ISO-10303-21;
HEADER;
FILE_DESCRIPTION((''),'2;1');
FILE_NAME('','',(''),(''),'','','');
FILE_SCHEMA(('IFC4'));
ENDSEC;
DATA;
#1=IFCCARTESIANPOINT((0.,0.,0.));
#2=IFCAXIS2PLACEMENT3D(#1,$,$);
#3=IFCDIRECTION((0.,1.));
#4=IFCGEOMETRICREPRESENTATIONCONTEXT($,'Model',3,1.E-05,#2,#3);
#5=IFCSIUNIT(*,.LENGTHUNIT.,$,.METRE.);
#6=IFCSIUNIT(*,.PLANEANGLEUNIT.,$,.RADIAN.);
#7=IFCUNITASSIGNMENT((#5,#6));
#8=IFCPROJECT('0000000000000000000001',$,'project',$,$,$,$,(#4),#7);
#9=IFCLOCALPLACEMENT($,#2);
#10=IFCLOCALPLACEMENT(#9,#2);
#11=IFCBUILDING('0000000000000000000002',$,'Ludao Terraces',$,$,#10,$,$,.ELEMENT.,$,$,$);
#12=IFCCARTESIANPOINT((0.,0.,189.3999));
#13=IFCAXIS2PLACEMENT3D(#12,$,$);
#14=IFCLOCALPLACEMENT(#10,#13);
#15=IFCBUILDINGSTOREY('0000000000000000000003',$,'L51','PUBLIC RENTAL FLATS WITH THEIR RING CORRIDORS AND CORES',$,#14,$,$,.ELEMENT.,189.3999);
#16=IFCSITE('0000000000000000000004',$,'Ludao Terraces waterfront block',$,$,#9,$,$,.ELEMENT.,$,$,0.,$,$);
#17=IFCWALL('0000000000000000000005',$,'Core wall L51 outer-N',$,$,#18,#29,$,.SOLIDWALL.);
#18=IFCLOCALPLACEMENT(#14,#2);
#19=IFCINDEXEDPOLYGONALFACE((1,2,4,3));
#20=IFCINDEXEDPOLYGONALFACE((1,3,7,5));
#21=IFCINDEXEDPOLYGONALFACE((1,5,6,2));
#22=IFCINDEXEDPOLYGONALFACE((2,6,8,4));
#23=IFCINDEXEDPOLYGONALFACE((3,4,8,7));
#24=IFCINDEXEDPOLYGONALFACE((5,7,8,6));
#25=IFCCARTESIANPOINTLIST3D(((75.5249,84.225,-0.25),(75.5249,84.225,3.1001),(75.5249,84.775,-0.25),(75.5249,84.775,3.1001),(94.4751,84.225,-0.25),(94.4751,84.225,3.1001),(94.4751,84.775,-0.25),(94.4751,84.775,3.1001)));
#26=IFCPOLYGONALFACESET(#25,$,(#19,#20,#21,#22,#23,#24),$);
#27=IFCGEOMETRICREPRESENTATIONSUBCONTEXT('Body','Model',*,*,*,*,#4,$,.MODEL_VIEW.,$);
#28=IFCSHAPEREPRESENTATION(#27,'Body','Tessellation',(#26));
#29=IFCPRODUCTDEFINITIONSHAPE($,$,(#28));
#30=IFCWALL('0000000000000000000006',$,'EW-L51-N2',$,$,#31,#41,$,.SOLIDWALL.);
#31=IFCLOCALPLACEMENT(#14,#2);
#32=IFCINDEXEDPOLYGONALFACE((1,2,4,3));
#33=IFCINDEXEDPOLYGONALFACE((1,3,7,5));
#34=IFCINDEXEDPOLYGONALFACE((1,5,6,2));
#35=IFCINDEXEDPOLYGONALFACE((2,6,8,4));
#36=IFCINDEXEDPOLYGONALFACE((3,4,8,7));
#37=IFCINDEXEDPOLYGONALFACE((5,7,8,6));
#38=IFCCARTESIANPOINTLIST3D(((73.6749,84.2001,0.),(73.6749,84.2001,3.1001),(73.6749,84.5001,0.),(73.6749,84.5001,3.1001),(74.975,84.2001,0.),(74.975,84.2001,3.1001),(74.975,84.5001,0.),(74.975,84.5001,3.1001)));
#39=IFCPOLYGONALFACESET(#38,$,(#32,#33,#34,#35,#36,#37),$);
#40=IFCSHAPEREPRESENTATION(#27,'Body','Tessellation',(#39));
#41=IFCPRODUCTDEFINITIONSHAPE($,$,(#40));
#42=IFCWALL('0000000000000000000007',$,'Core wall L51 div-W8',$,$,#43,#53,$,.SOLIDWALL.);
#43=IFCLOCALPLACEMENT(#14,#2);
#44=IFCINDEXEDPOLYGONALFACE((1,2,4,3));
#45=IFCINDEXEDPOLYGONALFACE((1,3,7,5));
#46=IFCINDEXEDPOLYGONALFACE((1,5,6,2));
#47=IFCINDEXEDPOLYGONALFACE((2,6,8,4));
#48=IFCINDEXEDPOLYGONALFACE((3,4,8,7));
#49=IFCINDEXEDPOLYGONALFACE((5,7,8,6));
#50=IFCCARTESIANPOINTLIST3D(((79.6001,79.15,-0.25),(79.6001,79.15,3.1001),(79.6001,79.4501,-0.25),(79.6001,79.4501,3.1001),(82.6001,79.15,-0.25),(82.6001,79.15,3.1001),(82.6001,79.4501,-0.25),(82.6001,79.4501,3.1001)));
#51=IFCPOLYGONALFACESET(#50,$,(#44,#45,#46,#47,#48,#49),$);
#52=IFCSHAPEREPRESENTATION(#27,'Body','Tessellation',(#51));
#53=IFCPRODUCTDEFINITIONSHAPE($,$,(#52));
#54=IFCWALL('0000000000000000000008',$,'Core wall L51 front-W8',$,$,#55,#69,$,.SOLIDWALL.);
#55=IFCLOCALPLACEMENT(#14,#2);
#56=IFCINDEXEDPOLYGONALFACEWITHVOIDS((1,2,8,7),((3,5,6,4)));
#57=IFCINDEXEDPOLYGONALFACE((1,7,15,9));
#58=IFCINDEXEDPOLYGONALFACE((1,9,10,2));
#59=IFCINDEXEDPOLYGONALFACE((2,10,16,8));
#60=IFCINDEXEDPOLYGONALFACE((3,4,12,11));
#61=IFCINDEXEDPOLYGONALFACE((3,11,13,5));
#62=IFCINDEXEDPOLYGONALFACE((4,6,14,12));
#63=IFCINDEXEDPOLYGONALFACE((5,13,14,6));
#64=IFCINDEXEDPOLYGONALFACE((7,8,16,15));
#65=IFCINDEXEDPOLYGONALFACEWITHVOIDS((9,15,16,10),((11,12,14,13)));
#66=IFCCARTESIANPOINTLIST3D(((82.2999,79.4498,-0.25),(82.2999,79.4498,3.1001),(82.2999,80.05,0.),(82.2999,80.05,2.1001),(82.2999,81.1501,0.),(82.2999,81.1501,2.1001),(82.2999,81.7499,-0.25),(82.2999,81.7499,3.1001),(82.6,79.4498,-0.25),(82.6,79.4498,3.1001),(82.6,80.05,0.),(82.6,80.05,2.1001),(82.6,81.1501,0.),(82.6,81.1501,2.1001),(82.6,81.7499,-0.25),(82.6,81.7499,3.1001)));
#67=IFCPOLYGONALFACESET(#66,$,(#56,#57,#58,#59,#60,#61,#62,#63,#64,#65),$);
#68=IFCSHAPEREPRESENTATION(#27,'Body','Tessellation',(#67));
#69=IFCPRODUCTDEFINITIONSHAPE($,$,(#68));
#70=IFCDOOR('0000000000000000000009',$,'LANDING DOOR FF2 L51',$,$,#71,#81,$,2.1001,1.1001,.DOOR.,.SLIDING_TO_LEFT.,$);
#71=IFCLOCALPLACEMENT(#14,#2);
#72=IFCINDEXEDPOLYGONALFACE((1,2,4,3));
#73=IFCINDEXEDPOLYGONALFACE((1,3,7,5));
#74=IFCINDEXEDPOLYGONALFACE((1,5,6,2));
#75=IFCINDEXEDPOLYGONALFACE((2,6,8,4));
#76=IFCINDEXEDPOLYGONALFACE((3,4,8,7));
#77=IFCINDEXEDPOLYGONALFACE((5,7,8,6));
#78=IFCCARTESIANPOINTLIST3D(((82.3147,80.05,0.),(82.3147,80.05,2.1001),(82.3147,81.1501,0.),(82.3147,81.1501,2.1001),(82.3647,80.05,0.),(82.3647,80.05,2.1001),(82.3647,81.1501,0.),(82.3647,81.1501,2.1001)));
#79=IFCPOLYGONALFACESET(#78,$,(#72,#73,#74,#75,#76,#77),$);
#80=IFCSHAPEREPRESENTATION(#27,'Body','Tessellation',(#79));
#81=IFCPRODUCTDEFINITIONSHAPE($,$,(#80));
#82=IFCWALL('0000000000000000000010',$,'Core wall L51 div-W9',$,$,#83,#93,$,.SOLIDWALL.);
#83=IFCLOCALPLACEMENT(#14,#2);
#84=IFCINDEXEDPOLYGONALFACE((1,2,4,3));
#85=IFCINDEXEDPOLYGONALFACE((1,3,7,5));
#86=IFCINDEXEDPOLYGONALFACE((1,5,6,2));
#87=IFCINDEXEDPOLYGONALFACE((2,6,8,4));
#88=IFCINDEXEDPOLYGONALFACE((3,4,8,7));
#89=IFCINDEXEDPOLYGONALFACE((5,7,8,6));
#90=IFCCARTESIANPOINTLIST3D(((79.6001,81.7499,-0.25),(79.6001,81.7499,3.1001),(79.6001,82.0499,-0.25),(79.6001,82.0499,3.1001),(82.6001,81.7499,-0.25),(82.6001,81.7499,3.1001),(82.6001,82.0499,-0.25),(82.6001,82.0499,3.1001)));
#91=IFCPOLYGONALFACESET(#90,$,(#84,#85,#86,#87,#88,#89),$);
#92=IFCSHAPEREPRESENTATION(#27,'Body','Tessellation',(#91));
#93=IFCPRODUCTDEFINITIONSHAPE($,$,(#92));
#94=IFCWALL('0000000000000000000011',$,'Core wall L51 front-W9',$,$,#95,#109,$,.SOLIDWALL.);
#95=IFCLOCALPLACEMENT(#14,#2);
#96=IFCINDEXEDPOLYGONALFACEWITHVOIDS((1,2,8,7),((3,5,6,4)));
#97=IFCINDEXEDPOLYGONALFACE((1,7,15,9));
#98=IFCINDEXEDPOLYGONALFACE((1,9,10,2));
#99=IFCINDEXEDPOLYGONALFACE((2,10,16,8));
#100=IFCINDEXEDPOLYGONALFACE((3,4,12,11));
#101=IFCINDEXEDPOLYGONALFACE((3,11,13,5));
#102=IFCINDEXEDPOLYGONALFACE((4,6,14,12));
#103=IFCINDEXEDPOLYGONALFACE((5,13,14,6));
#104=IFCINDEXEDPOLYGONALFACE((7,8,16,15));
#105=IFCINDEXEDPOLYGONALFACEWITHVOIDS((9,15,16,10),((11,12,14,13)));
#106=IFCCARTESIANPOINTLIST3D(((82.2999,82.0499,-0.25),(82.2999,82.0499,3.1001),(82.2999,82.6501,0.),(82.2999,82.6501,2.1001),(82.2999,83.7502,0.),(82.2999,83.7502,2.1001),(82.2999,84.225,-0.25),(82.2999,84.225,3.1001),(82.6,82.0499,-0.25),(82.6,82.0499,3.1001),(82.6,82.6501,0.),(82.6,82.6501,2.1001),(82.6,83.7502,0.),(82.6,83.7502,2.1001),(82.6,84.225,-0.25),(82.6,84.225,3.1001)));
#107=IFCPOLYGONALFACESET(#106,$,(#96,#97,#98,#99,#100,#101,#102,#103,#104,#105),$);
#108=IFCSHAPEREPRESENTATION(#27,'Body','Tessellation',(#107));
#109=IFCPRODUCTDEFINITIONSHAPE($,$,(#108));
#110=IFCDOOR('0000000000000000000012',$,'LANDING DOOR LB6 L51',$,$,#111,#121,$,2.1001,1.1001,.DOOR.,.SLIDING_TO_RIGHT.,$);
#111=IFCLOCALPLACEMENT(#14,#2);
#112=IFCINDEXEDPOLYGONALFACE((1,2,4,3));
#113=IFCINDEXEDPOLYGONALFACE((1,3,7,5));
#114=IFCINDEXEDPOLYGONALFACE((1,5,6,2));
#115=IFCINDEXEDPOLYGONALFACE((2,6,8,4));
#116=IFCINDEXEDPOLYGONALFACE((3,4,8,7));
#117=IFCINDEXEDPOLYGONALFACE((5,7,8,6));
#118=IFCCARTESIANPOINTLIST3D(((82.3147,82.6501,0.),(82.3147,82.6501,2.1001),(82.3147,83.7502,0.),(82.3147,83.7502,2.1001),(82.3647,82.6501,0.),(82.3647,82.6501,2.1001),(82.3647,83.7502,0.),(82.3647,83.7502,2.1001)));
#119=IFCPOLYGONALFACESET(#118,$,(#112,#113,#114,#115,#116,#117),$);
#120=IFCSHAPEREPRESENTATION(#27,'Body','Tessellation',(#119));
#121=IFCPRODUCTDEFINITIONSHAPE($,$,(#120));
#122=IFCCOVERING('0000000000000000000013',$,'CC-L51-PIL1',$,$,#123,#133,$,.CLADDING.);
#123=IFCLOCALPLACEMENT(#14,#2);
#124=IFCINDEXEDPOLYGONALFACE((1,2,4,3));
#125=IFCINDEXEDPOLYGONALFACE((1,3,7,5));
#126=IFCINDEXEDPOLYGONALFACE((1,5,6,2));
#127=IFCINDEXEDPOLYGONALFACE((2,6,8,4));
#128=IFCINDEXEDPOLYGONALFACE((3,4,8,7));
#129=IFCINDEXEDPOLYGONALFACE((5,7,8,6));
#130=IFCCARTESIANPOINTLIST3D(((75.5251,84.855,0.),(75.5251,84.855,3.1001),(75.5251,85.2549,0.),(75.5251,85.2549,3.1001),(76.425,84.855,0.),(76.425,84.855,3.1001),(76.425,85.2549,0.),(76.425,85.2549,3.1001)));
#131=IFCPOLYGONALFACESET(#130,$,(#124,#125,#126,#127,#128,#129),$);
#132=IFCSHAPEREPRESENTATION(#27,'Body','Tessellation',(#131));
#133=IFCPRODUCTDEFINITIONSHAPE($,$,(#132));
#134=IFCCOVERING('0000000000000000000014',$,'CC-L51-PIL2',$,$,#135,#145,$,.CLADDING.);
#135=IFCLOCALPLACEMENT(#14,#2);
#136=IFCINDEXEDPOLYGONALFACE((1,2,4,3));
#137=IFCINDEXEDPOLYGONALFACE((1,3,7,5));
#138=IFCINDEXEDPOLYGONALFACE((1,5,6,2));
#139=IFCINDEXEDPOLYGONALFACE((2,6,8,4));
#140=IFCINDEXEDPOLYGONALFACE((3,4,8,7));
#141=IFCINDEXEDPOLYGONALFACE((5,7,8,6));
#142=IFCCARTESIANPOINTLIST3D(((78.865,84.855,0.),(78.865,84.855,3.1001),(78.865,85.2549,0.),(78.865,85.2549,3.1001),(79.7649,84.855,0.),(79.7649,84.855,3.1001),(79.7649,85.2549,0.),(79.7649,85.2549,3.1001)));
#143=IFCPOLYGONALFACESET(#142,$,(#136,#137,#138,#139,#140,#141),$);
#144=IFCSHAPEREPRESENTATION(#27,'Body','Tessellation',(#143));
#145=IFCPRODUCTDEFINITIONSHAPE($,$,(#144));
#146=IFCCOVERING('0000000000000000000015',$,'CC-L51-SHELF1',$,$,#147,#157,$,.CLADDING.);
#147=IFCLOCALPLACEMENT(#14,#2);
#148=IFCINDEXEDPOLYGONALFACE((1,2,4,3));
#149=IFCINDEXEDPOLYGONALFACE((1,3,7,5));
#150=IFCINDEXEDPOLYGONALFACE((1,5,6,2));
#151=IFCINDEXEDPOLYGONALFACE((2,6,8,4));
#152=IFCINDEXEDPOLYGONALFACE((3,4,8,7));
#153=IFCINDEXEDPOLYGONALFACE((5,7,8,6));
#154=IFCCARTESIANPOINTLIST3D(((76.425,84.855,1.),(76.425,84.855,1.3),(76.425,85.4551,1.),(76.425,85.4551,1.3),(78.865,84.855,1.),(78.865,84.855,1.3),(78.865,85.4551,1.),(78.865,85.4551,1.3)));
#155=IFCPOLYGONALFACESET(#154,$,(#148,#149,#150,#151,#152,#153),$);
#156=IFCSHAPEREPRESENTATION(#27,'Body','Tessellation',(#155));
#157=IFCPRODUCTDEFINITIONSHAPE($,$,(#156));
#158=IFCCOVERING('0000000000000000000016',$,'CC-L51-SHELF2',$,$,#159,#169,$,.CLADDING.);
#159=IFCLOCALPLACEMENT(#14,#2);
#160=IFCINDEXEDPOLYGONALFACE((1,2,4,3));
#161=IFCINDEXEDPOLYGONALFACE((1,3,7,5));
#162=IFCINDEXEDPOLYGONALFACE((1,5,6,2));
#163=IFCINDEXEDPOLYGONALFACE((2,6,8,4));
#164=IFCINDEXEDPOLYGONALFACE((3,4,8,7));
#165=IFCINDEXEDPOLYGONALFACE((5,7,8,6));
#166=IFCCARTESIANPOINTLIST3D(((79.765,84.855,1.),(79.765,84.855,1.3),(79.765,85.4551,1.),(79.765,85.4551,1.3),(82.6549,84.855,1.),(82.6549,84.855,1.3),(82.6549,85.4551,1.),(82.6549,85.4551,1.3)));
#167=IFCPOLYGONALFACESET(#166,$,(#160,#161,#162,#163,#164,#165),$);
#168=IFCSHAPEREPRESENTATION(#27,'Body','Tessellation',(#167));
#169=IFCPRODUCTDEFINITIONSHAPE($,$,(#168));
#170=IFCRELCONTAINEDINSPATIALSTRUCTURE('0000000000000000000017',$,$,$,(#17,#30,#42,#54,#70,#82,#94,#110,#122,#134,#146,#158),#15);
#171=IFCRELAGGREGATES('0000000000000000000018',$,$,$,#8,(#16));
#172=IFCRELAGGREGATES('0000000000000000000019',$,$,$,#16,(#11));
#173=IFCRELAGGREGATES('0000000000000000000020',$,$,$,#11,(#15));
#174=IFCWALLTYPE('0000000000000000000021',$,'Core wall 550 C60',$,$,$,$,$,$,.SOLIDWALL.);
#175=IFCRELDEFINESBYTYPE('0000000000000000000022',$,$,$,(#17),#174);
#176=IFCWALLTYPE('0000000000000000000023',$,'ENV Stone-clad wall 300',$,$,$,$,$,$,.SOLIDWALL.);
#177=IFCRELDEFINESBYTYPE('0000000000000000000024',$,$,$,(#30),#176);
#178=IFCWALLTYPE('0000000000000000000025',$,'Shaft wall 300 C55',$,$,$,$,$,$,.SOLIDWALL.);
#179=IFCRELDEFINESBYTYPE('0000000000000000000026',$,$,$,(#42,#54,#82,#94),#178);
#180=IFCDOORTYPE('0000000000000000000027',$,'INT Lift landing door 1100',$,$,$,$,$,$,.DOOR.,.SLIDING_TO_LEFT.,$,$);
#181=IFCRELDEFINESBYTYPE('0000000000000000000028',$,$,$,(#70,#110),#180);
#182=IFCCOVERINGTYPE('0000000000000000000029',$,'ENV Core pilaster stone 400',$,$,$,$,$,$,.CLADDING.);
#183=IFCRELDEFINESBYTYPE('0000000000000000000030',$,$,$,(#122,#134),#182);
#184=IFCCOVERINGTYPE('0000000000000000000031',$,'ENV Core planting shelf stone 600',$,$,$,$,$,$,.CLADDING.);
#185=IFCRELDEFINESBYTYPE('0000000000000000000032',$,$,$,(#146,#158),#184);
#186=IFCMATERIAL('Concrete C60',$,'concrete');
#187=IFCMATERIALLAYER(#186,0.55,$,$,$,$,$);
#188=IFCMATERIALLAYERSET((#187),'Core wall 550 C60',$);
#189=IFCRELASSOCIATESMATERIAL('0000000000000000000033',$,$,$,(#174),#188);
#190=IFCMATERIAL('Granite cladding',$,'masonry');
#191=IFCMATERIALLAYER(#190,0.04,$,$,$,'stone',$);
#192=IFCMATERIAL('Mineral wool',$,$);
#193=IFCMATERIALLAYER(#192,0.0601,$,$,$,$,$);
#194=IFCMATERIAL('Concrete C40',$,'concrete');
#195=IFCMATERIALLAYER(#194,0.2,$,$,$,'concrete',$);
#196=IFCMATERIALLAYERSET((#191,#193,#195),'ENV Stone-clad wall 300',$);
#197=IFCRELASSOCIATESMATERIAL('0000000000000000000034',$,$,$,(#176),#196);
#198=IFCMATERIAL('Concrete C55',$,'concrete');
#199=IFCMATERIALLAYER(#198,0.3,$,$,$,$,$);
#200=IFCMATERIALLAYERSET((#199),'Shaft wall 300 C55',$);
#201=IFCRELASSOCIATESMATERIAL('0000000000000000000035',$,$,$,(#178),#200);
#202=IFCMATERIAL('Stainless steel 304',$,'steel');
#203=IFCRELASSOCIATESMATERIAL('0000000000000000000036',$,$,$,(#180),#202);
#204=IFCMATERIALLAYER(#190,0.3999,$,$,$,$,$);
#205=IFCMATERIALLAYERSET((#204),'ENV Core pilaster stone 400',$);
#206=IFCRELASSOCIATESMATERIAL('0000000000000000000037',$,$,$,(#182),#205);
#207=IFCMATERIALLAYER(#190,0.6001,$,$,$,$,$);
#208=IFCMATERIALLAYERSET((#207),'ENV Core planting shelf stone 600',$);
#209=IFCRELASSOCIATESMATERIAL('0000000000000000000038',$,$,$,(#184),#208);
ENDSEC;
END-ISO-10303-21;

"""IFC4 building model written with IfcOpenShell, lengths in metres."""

from ifc_helpers import new_model, si_unit, direction, frame, frame_2d, origin, origin_2d, place, context, subcontext, project, spatial, rectangle, extrude, material, layer, layer_set, type_object, element, fill, save


model = new_model("IFC4")

# Units and contexts
model_context = context("Model", 3, precision=1e-05, world=origin(), true_north=direction((0.0, 1.0)))
body_context = subcontext(model_context, "Body", "Model", "MODEL_VIEW")
ifc_project = project(units=[si_unit("LENGTHUNIT", "METRE"), si_unit("PLANEANGLEUNIT", "RADIAN")], contexts=[model_context])

# Site, building, storey
site_placement = place(None, origin())
site = spatial("IfcSite", under=ifc_project, at=site_placement, Name="Ludao Terraces waterfront block", CompositionType="ELEMENT", RefElevation=0.0)
building_placement = place(site_placement, origin())
building = spatial("IfcBuilding", under=site, at=building_placement, Name="Ludao Terraces", CompositionType="ELEMENT")
storey_placement = place(building_placement, frame((0.0, 0.0, 189.3999)))
storey = spatial("IfcBuildingStorey", under=building, at=storey_placement, Name="L51", Description="PUBLIC RENTAL FLATS WITH THEIR RING CORRIDORS AND CORES", CompositionType="ELEMENT", Elevation=189.3999)

# Walls
ifc_material_1 = material(Name="Concrete C60", Category="concrete")
ifc_layer_1 = layer(ifc_material_1, 0.55)
ifc_layer_set_1 = layer_set([ifc_layer_1], Name="Core wall 550 C60")
wall_type_1 = type_object("IfcWallType", Name="Core wall 550 C60", PredefinedType="SOLIDWALL", material=ifc_layer_set_1)
wall_1_placement = place(storey_placement, frame((75.5249, 84.5, -0.25), z_axis=(0.0, 0.0, 1.0), x_axis=(1.0, 0.0, 0.0)))
element("IfcWall", 1, at=wall_1_placement, inside=storey, type_object=wall_type_1, Name="Core wall L51 outer-N", PredefinedType="SOLIDWALL", context=body_context, shape_type="SweptSolid", body=[
    extrude(rectangle(XDim=18.9502, YDim=0.55, at=frame_2d((9.4751, 0.0))), origin(), (0.0, 0.0, 1.0), 3.3501),
])
ifc_material_2 = material(Name="Granite cladding", Category="masonry")
ifc_layer_2 = layer(ifc_material_2, 0.04, Category="stone")
ifc_material_3 = material(Name="Mineral wool")
ifc_layer_3 = layer(ifc_material_3, 0.0601)
ifc_material_4 = material(Name="Concrete C40", Category="concrete")
ifc_layer_4 = layer(ifc_material_4, 0.2, Category="concrete")
ifc_layer_set_2 = layer_set([ifc_layer_2, ifc_layer_3, ifc_layer_4], Name="ENV Stone-clad wall 300")
wall_type_2 = type_object("IfcWallType", Name="ENV Stone-clad wall 300", PredefinedType="SOLIDWALL", material=ifc_layer_set_2)
wall_2_placement = place(storey_placement, frame((73.675, 84.3501, 0.0), z_axis=(0.0, 0.0, 1.0), x_axis=(1.0, 0.0, 0.0)))
element("IfcWall", 2, at=wall_2_placement, inside=storey, type_object=wall_type_2, Name="EW-L51-N2", PredefinedType="SOLIDWALL", context=body_context, shape_type="SweptSolid", body=[
    extrude(rectangle(XDim=1.3, YDim=0.3, at=frame_2d((0.6499, 0.0))), origin(), (0.0, 0.0, 1.0), 3.1001),
])
ifc_material_5 = material(Name="Concrete C55", Category="concrete")
ifc_layer_5 = layer(ifc_material_5, 0.3)
ifc_layer_set_3 = layer_set([ifc_layer_5], Name="Shaft wall 300 C55")
wall_type_3 = type_object("IfcWallType", Name="Shaft wall 300 C55", PredefinedType="SOLIDWALL", material=ifc_layer_set_3)
wall_3_placement = place(storey_placement, frame((79.6001, 79.3, -0.25), z_axis=(0.0, 0.0, 1.0), x_axis=(1.0, 0.0, 0.0)))
element("IfcWall", 3, at=wall_3_placement, inside=storey, type_object=wall_type_3, Name="Core wall L51 div-W8", PredefinedType="SOLIDWALL", context=body_context, shape_type="SweptSolid", body=[
    extrude(rectangle(XDim=3.0, YDim=0.3, at=frame_2d((1.5, 0.0))), origin(), (0.0, 0.0, 1.0), 3.3501),
])

# Wall, opening, door
wall_4_placement = place(storey_placement, frame((82.45, 79.45, -0.25), z_axis=(0.0, 0.0, 1.0), x_axis=(0.0, 1.0, 0.0)))
wall_4 = element("IfcWall", 4, at=wall_4_placement, inside=storey, type_object=wall_type_3, Name="Core wall L51 front-W8", PredefinedType="SOLIDWALL", context=body_context, shape_type="SweptSolid", body=[
    extrude(rectangle(XDim=2.3, YDim=0.3, at=frame_2d((1.1499, 0.0))), origin(), (0.0, 0.0, 1.0), 3.3501),
])
opening_1_placement = place(wall_4_placement, frame((0.6001, 0.0, 0.25)))
opening_1 = element("IfcOpeningElement", 5, at=opening_1_placement, cuts=wall_4, PredefinedType="OPENING", context=body_context, shape_type="SweptSolid", body=[
    extrude(rectangle(XDim=1.1001, YDim=2.1001, at=frame_2d((0.55, 1.05))), frame((0.0, 0.1602, 0.0), z_axis=(0.0, -1.0, 0.0), x_axis=(1.0, 0.0, 0.0)), (0.0, 0.0, 1.0), 0.3201),
])
ifc_material_6 = material(Name="Stainless steel 304", Category="steel")
door_type = type_object("IfcDoorType", Name="INT Lift landing door 1100", OperationType="SLIDING_TO_LEFT", PredefinedType="DOOR", material=ifc_material_6)
door_1_placement = place(opening_1_placement, origin())
door_1 = element("IfcDoor", 6, at=door_1_placement, inside=storey, type_object=door_type, Name="LANDING DOOR FF2 L51", OperationType="SLIDING_TO_LEFT", OverallHeight=2.1001, OverallWidth=1.1001, PredefinedType="DOOR", context=body_context, shape_type="SweptSolid", body=[
    extrude(rectangle(XDim=1.1001, YDim=2.1001, at=frame_2d((0.55, 1.05))), frame((0.0, 0.1353, 0.0), z_axis=(0.0, -1.0, 0.0), x_axis=(1.0, 0.0, 0.0)), (0.0, 0.0, 1.0), 0.05),
])
fill(opening_1, door_1)

# Wall
wall_5_placement = place(storey_placement, frame((79.6001, 81.8999, -0.25), z_axis=(0.0, 0.0, 1.0), x_axis=(1.0, 0.0, 0.0)))
element("IfcWall", 7, at=wall_5_placement, inside=storey, type_object=wall_type_3, Name="Core wall L51 div-W9", PredefinedType="SOLIDWALL", context=body_context, shape_type="SweptSolid", body=[
    extrude(rectangle(XDim=3.0, YDim=0.3, at=frame_2d((1.5, 0.0))), origin(), (0.0, 0.0, 1.0), 3.3501),
])

# Wall, opening, door
wall_6_placement = place(storey_placement, frame((82.45, 82.05, -0.25), z_axis=(0.0, 0.0, 1.0), x_axis=(0.0, 1.0, 0.0)))
wall_6 = element("IfcWall", 8, at=wall_6_placement, inside=storey, type_object=wall_type_3, Name="Core wall L51 front-W9", PredefinedType="SOLIDWALL", context=body_context, shape_type="SweptSolid", body=[
    extrude(rectangle(XDim=2.175, YDim=0.3, at=frame_2d((1.0874, 0.0))), origin(), (0.0, 0.0, 1.0), 3.3501),
])
opening_2_placement = place(wall_6_placement, frame((0.6001, 0.0, 0.25)))
opening_2 = element("IfcOpeningElement", 9, at=opening_2_placement, cuts=wall_6, PredefinedType="OPENING", context=body_context, shape_type="SweptSolid", body=[
    extrude(rectangle(XDim=1.1001, YDim=2.1001, at=frame_2d((0.55, 1.05))), frame((0.0, 0.1602, 0.0), z_axis=(0.0, -1.0, 0.0), x_axis=(1.0, 0.0, 0.0)), (0.0, 0.0, 1.0), 0.3201),
])
door_2_placement = place(opening_2_placement, origin())
door_2 = element("IfcDoor", 10, at=door_2_placement, inside=storey, type_object=door_type, Name="LANDING DOOR LB6 L51", OperationType="SLIDING_TO_RIGHT", OverallHeight=2.1001, OverallWidth=1.1001, PredefinedType="DOOR", context=body_context, shape_type="SweptSolid", body=[
    extrude(rectangle(XDim=1.1001, YDim=2.1001, at=frame_2d((0.55, 1.05))), frame((0.0, 0.1353, 0.0), z_axis=(0.0, -1.0, 0.0), x_axis=(1.0, 0.0, 0.0)), (0.0, 0.0, 1.0), 0.05),
])
fill(opening_2, door_2)

# Coverings
ifc_layer_6 = layer(ifc_material_2, 0.3999)
ifc_layer_set_4 = layer_set([ifc_layer_6], Name="ENV Core pilaster stone 400")
covering_type_1 = type_object("IfcCoveringType", Name="ENV Core pilaster stone 400", PredefinedType="CLADDING", material=ifc_layer_set_4)
for number, where, z_axis, x_axis, name in (
    (11, (75.9751, 85.0549, 0.0), (0.0, 0.0, 1.0), (1.0, 0.0, 0.0), "CC-L51-PIL1"),
    (12, (79.3149, 85.0549, 0.0), (0.0, 0.0, 1.0), (1.0, 0.0, 0.0), "CC-L51-PIL2"),
):
    element("IfcCovering", number, at=place(storey_placement, frame(where, z_axis=z_axis, x_axis=x_axis)), inside=storey, type_object=covering_type_1, Name=name, PredefinedType="CLADDING", context=body_context, shape_type="SweptSolid", body=[
        extrude(rectangle(XDim=0.8999, YDim=0.3999, at=origin_2d()), origin(), (0.0, 0.0, 1.0), 3.1001),
    ])
ifc_layer_7 = layer(ifc_material_2, 0.6001)
ifc_layer_set_5 = layer_set([ifc_layer_7], Name="ENV Core planting shelf stone 600")
covering_type_2 = type_object("IfcCoveringType", Name="ENV Core planting shelf stone 600", PredefinedType="CLADDING", material=ifc_layer_set_5)
covering_1_placement = place(storey_placement, frame((77.645, 85.155, 1.0), z_axis=(0.0, 0.0, 1.0), x_axis=(1.0, 0.0, 0.0)))
element("IfcCovering", 13, at=covering_1_placement, inside=storey, type_object=covering_type_2, Name="CC-L51-SHELF1", PredefinedType="CLADDING", context=body_context, shape_type="SweptSolid", body=[
    extrude(rectangle(XDim=2.4399, YDim=0.6001, at=origin_2d()), origin(), (0.0, 0.0, 1.0), 0.3),
])
covering_2_placement = place(storey_placement, frame((81.21, 85.155, 1.0), z_axis=(0.0, 0.0, 1.0), x_axis=(1.0, 0.0, 0.0)))
element("IfcCovering", 14, at=covering_2_placement, inside=storey, type_object=covering_type_2, Name="CC-L51-SHELF2", PredefinedType="CLADDING", context=body_context, shape_type="SweptSolid", body=[
    extrude(rectangle(XDim=2.8899, YDim=0.6001, at=origin_2d()), origin(), (0.0, 0.0, 1.0), 0.3),
])

save(model, "model.ifc")
